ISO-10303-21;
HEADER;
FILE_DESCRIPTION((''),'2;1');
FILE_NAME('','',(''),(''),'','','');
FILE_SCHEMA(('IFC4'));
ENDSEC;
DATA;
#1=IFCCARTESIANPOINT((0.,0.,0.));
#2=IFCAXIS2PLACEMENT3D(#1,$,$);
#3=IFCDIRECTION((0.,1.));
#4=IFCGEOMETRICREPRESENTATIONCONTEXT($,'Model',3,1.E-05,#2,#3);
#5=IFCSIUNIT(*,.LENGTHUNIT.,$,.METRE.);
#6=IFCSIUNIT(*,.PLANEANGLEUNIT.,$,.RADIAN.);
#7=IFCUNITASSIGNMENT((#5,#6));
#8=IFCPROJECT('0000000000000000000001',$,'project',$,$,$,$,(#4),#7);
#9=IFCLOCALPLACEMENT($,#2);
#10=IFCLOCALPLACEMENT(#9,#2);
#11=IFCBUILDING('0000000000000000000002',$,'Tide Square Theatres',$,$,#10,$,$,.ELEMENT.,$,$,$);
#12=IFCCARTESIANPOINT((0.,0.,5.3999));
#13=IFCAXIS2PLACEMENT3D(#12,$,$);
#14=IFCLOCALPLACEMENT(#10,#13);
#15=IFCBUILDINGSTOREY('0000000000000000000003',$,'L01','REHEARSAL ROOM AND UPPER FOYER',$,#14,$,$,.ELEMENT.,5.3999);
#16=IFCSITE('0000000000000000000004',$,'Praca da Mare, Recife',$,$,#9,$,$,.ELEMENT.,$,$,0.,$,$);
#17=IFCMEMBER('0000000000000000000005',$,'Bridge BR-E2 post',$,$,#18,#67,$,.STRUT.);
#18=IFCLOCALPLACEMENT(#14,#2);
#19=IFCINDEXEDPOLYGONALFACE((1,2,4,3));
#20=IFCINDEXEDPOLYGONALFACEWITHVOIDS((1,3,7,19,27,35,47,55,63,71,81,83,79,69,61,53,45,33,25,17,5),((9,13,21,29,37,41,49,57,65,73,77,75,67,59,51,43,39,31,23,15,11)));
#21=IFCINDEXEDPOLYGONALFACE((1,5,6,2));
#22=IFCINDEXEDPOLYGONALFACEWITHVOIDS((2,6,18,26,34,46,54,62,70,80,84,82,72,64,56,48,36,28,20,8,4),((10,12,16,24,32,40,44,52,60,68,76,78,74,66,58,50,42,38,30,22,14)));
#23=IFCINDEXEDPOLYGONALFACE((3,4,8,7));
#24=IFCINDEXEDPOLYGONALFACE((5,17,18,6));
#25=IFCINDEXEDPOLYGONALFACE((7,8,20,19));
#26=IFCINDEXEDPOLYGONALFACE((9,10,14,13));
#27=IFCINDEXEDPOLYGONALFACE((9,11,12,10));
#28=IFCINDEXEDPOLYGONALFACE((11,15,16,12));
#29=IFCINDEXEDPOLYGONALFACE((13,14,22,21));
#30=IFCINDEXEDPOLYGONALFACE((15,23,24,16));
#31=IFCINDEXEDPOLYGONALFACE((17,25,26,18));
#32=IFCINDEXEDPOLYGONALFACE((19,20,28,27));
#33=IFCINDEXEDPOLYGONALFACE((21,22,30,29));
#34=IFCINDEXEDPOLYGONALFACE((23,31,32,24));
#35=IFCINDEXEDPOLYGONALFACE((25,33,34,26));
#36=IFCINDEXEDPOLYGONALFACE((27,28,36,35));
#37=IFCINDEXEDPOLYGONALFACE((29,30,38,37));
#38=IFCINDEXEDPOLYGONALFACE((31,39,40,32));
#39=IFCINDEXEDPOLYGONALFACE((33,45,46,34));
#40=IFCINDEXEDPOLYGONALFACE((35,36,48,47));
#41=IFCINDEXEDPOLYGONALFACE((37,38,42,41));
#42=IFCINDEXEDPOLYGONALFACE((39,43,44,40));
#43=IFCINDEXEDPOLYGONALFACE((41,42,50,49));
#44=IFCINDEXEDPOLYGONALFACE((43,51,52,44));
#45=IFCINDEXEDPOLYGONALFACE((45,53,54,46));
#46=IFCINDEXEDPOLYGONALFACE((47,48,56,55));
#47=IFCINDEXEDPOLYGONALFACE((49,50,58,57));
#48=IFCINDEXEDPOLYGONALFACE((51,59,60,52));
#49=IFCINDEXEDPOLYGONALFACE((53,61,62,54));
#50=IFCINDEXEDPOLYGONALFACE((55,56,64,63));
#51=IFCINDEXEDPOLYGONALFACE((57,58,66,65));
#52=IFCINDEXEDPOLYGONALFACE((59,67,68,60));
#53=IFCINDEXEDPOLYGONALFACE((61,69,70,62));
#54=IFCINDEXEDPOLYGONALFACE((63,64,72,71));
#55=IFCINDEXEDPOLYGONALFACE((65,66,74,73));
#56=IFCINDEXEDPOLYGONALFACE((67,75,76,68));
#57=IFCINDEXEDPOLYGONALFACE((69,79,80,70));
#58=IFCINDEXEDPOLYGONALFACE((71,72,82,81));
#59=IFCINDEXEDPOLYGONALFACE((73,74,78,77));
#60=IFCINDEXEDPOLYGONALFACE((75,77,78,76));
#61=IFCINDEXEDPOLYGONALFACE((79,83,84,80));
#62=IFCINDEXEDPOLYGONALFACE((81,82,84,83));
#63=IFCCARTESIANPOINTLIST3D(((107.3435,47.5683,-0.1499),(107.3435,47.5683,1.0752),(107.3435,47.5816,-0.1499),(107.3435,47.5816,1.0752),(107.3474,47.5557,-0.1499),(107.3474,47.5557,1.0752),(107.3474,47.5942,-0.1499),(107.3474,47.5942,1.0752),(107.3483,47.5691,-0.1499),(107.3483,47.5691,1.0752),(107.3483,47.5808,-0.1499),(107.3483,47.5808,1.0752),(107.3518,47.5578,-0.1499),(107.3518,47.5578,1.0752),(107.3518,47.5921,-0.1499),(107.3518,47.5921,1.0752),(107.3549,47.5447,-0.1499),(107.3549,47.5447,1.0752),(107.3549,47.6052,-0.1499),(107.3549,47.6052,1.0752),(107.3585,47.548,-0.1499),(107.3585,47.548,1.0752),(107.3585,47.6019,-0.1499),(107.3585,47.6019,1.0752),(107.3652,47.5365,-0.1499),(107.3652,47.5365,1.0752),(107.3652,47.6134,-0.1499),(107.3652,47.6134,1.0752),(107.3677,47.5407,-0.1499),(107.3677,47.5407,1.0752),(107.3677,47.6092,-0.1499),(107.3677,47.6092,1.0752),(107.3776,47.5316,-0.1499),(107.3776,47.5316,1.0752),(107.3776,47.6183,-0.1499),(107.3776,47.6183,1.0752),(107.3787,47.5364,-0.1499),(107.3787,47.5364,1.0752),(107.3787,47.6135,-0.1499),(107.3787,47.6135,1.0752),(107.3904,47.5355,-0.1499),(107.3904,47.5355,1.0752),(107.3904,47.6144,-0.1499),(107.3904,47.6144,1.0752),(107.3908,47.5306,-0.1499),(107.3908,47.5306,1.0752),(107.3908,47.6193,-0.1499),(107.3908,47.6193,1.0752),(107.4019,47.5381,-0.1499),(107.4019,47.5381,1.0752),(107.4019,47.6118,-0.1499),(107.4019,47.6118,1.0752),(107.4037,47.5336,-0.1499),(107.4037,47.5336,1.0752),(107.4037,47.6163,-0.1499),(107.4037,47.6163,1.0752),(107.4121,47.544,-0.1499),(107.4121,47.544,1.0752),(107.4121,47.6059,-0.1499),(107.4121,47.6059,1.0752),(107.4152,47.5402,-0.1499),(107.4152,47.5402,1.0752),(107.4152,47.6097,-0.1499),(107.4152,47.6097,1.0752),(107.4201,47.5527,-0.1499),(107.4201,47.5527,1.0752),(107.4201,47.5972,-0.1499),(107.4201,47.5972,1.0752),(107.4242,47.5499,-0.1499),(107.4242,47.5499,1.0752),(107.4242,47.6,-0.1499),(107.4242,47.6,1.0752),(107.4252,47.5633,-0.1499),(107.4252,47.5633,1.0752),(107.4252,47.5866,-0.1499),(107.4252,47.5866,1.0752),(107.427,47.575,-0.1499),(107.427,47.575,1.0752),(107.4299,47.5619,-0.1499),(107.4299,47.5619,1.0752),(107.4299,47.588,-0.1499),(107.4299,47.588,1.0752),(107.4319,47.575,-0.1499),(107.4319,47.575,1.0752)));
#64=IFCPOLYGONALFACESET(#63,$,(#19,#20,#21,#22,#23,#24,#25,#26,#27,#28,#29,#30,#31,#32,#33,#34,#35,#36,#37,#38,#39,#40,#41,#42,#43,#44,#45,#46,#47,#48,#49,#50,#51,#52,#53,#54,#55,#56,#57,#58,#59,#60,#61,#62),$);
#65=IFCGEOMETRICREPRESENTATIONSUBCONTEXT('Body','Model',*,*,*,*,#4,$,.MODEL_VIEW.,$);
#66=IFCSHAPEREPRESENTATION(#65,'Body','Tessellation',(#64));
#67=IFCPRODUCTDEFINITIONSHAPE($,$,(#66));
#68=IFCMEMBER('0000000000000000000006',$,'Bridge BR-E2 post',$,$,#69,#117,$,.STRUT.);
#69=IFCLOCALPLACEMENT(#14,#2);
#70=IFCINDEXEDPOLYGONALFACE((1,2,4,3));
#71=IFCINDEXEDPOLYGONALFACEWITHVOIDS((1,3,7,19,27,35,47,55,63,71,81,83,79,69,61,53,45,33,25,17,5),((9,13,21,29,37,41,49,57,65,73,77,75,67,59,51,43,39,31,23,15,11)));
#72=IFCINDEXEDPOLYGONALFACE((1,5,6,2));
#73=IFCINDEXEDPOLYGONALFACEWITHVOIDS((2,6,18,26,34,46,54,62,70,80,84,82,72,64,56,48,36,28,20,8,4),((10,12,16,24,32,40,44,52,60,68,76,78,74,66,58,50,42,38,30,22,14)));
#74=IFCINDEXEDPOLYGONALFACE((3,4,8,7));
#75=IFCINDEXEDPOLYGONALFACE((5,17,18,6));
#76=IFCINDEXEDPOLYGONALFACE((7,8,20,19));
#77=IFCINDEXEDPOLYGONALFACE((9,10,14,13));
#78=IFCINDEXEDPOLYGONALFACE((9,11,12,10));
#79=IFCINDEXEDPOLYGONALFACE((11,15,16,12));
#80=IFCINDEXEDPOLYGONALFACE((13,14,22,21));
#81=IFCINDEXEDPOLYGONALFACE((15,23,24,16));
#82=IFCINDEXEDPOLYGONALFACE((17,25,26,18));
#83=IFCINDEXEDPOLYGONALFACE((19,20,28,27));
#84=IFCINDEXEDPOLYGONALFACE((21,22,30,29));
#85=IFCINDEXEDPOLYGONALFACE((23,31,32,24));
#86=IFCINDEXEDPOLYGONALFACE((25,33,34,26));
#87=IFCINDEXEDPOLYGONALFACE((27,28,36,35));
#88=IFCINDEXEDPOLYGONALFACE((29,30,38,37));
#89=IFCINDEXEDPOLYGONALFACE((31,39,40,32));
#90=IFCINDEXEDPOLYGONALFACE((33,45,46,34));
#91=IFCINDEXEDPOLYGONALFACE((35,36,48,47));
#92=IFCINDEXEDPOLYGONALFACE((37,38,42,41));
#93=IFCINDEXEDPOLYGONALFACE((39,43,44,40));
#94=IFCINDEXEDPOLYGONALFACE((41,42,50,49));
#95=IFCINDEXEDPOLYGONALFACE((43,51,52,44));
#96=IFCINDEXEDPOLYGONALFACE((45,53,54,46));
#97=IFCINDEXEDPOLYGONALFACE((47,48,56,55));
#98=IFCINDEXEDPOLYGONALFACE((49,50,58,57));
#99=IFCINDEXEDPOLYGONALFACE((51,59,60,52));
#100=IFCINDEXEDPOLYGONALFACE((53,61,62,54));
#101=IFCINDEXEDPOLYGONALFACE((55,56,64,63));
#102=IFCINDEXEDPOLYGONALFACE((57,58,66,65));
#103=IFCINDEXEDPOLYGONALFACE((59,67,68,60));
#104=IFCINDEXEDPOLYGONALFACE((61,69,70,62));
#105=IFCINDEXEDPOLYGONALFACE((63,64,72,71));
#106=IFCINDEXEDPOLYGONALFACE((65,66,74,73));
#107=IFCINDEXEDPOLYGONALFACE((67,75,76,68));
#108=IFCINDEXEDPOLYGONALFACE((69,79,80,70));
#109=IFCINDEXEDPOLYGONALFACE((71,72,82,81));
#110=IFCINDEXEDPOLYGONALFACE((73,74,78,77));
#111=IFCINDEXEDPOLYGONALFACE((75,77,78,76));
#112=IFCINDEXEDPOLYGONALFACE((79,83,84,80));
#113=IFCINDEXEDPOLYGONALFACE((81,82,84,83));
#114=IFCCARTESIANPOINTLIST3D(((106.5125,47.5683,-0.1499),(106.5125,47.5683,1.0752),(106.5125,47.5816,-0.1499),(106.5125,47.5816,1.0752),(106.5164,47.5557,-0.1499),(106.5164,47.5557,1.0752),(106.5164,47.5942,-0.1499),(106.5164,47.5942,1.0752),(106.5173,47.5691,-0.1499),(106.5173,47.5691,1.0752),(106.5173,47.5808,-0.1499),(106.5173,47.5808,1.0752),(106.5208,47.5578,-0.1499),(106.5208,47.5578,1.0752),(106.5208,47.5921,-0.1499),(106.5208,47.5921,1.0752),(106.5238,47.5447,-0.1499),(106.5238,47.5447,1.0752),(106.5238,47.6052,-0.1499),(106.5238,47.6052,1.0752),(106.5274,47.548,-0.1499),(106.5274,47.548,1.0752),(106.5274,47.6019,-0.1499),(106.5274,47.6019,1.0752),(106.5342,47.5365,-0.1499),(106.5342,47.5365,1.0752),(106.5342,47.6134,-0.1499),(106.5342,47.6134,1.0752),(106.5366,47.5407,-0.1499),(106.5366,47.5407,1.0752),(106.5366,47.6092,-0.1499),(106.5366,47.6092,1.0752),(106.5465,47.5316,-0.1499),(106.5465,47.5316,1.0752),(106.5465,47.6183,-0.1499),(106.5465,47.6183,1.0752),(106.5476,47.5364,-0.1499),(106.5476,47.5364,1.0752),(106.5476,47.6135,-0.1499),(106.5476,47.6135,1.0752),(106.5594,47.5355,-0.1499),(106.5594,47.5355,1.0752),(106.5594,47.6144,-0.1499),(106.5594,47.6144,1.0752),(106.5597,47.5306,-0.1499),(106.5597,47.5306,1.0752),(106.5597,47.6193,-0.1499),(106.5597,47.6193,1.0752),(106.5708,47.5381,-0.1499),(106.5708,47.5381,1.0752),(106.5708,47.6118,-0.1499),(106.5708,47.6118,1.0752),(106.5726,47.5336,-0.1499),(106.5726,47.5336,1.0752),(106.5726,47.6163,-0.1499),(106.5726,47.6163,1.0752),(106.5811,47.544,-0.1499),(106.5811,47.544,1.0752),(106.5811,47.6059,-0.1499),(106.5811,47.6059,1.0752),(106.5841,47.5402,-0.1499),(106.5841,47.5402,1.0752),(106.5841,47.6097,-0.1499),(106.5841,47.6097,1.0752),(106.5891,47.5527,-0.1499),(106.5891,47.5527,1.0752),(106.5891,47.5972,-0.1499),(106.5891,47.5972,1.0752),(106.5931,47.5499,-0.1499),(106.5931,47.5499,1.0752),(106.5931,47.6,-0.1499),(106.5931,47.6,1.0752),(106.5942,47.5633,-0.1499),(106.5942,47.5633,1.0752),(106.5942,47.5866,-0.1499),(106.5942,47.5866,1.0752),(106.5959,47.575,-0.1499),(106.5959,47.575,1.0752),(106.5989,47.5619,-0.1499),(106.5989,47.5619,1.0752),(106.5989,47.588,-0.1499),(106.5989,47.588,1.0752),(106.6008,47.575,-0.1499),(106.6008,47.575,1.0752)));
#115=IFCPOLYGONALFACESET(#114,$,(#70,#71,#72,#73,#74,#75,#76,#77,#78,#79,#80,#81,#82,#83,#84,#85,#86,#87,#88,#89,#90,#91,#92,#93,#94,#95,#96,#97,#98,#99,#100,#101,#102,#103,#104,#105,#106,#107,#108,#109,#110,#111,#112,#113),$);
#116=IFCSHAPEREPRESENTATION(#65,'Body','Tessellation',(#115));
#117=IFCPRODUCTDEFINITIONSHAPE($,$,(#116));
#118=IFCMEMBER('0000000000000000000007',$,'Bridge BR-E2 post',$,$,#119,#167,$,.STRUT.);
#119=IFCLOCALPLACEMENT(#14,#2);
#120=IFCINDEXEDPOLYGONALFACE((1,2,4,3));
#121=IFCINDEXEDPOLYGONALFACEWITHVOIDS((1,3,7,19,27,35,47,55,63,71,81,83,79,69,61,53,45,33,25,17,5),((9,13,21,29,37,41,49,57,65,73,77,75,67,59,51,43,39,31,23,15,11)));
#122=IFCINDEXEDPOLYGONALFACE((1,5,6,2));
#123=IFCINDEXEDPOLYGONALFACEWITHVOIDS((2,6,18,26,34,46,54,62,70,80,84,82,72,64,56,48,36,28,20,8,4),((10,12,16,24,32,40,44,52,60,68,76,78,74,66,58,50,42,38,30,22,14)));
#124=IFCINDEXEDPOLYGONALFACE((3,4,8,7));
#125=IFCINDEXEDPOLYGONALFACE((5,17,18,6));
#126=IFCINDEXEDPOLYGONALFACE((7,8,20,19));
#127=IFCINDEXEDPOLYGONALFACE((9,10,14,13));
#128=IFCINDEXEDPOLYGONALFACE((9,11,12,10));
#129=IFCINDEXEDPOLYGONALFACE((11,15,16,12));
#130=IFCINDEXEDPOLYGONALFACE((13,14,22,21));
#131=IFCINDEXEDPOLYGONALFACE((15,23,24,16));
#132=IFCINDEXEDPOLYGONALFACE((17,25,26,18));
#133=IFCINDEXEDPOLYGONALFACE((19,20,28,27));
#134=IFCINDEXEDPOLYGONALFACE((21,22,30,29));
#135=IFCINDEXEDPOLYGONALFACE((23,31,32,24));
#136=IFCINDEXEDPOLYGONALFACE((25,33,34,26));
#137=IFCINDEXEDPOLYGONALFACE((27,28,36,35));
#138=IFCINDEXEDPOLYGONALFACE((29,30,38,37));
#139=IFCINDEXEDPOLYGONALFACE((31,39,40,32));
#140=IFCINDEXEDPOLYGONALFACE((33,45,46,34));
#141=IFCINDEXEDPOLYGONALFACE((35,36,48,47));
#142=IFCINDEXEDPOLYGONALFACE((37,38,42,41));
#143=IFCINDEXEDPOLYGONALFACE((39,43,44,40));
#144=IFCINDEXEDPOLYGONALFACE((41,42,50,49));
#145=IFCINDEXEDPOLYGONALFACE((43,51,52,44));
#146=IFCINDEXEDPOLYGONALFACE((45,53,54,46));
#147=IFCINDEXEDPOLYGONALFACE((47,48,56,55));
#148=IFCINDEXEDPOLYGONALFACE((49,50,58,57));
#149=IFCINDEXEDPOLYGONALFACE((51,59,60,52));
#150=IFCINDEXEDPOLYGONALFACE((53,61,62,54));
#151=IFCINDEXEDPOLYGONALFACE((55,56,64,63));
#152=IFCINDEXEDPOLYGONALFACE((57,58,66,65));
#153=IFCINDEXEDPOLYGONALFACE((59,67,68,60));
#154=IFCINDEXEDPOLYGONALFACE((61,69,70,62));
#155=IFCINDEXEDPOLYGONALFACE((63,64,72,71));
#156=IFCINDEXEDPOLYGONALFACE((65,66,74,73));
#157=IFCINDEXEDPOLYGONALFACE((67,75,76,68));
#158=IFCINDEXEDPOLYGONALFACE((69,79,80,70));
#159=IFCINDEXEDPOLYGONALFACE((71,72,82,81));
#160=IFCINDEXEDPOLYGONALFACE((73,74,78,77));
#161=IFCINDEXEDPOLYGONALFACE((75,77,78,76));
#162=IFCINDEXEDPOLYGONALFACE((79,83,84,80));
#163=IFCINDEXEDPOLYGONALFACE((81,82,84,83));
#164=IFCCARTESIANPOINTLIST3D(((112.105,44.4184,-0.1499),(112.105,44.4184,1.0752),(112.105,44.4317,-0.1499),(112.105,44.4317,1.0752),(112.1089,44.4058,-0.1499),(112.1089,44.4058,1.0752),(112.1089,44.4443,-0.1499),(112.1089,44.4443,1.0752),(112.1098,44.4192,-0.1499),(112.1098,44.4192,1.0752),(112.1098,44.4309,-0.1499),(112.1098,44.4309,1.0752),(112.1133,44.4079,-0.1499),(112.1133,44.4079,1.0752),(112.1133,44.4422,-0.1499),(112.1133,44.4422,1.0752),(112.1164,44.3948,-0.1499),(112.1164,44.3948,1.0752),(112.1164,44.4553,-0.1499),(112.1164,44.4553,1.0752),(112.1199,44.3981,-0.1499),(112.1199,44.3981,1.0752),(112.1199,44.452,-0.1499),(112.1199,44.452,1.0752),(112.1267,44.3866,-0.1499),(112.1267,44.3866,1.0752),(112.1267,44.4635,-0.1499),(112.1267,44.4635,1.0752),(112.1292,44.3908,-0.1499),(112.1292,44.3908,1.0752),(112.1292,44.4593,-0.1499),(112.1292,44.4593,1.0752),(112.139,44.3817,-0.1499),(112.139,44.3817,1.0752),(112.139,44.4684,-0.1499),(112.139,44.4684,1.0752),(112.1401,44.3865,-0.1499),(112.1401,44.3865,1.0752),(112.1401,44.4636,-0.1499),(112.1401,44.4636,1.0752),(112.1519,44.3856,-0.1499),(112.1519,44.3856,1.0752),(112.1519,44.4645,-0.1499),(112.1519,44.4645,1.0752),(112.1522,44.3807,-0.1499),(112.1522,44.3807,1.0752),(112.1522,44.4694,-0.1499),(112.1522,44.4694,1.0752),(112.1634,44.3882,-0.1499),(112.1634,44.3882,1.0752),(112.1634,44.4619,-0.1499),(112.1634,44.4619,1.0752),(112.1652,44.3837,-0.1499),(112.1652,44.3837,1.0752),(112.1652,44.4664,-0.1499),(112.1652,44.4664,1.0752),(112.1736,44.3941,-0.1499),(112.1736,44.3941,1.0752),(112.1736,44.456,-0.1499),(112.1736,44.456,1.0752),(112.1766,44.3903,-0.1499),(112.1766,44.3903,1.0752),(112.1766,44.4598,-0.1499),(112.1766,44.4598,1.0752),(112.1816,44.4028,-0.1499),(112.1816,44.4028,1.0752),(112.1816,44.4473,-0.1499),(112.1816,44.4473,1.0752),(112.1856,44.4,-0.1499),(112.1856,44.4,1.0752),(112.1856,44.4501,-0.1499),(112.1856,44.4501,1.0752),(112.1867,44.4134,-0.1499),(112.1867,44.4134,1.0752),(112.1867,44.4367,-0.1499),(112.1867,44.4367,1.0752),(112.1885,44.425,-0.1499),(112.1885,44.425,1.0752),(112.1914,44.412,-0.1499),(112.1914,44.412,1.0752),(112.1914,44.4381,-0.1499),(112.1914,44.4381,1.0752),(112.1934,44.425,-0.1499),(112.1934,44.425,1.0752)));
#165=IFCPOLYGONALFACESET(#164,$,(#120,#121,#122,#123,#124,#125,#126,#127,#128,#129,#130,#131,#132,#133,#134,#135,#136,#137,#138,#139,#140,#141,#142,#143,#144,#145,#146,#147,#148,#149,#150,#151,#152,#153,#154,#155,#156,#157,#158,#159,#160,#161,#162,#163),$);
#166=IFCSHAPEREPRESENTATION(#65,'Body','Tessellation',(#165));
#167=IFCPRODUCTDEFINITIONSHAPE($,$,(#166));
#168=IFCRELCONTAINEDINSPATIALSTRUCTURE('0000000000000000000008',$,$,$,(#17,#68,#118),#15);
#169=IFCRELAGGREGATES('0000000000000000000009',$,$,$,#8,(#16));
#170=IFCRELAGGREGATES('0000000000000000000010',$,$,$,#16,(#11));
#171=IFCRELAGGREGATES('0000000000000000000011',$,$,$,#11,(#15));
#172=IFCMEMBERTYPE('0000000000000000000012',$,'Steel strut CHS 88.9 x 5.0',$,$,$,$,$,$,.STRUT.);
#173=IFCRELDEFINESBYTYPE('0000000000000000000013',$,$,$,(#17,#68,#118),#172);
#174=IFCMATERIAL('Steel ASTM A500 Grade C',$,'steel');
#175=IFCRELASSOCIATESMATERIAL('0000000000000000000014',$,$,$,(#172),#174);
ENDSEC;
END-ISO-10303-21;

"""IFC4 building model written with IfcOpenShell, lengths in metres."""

from ifc_helpers import new_model, si_unit, direction, frame, origin, origin_2d, place, context, subcontext, project, spatial, hollow_circle, extrude, material, material_profile, profile_set, type_object, element, save


model = new_model("IFC4")

# Units and contexts
model_context = context("Model", 3, precision=1e-05, world=origin(), true_north=direction((0.0, 1.0)))
body_context = subcontext(model_context, "Body", "Model", "MODEL_VIEW")
ifc_project = project(units=[si_unit("LENGTHUNIT", "METRE"), si_unit("PLANEANGLEUNIT", "RADIAN")], contexts=[model_context])

# Site, building, storey
site_placement = place(None, origin())
site = spatial("IfcSite", under=ifc_project, at=site_placement, Name="Praca da Mare, Recife", CompositionType="ELEMENT", RefElevation=0.0)
building_placement = place(site_placement, origin())
building = spatial("IfcBuilding", under=site, at=building_placement, Name="Tide Square Theatres", CompositionType="ELEMENT")
storey_placement = place(building_placement, frame((0.0, 0.0, 5.3999)))
storey = spatial("IfcBuildingStorey", under=building, at=storey_placement, Name="L01", Description="REHEARSAL ROOM AND UPPER FOYER", CompositionType="ELEMENT", Elevation=5.3999)

# Members
ifc_material_1 = material(Name="Steel ASTM A500 Grade C", Category="steel")
ifc_material_profile_1 = material_profile(ifc_material_1, hollow_circle(Radius=0.0444, WallThickness=0.0049, at=origin_2d()))
ifc_profile_set_1 = profile_set([ifc_material_profile_1], Name="Steel ASTM A500 Grade C")
member_type_1 = type_object("IfcMemberType", Name="Steel strut CHS 88.9 x 5.0", PredefinedType="STRUT", material=ifc_profile_set_1)
for number, where, z_axis, x_axis, name in (
    (1, (107.3875, 47.575, -0.1499), (0.0, 0.0, 1.0), (1.0, 0.0, 0.0), "Bridge BR-E2 post"),
    (2, (106.5564, 47.575, -0.1499), (0.0, 0.0, 1.0), (1.0, 0.0, 0.0), "Bridge BR-E2 post"),
    (3, (112.1489, 44.425, -0.1499), (0.0, 0.0, 1.0), (1.0, 0.0, 0.0), "Bridge BR-E2 post"),
):
    element("IfcMember", number, at=place(storey_placement, frame(where, z_axis=z_axis, x_axis=x_axis)), inside=storey, type_object=member_type_1, Name=name, PredefinedType="STRUT", context=body_context, shape_type="SweptSolid", body=[
        extrude(hollow_circle(Radius=0.0444, WallThickness=0.0049, at=origin_2d()), origin(), (0.0, 0.0, 1.0), 1.2251),
    ])

save(model, "model.ifc")
